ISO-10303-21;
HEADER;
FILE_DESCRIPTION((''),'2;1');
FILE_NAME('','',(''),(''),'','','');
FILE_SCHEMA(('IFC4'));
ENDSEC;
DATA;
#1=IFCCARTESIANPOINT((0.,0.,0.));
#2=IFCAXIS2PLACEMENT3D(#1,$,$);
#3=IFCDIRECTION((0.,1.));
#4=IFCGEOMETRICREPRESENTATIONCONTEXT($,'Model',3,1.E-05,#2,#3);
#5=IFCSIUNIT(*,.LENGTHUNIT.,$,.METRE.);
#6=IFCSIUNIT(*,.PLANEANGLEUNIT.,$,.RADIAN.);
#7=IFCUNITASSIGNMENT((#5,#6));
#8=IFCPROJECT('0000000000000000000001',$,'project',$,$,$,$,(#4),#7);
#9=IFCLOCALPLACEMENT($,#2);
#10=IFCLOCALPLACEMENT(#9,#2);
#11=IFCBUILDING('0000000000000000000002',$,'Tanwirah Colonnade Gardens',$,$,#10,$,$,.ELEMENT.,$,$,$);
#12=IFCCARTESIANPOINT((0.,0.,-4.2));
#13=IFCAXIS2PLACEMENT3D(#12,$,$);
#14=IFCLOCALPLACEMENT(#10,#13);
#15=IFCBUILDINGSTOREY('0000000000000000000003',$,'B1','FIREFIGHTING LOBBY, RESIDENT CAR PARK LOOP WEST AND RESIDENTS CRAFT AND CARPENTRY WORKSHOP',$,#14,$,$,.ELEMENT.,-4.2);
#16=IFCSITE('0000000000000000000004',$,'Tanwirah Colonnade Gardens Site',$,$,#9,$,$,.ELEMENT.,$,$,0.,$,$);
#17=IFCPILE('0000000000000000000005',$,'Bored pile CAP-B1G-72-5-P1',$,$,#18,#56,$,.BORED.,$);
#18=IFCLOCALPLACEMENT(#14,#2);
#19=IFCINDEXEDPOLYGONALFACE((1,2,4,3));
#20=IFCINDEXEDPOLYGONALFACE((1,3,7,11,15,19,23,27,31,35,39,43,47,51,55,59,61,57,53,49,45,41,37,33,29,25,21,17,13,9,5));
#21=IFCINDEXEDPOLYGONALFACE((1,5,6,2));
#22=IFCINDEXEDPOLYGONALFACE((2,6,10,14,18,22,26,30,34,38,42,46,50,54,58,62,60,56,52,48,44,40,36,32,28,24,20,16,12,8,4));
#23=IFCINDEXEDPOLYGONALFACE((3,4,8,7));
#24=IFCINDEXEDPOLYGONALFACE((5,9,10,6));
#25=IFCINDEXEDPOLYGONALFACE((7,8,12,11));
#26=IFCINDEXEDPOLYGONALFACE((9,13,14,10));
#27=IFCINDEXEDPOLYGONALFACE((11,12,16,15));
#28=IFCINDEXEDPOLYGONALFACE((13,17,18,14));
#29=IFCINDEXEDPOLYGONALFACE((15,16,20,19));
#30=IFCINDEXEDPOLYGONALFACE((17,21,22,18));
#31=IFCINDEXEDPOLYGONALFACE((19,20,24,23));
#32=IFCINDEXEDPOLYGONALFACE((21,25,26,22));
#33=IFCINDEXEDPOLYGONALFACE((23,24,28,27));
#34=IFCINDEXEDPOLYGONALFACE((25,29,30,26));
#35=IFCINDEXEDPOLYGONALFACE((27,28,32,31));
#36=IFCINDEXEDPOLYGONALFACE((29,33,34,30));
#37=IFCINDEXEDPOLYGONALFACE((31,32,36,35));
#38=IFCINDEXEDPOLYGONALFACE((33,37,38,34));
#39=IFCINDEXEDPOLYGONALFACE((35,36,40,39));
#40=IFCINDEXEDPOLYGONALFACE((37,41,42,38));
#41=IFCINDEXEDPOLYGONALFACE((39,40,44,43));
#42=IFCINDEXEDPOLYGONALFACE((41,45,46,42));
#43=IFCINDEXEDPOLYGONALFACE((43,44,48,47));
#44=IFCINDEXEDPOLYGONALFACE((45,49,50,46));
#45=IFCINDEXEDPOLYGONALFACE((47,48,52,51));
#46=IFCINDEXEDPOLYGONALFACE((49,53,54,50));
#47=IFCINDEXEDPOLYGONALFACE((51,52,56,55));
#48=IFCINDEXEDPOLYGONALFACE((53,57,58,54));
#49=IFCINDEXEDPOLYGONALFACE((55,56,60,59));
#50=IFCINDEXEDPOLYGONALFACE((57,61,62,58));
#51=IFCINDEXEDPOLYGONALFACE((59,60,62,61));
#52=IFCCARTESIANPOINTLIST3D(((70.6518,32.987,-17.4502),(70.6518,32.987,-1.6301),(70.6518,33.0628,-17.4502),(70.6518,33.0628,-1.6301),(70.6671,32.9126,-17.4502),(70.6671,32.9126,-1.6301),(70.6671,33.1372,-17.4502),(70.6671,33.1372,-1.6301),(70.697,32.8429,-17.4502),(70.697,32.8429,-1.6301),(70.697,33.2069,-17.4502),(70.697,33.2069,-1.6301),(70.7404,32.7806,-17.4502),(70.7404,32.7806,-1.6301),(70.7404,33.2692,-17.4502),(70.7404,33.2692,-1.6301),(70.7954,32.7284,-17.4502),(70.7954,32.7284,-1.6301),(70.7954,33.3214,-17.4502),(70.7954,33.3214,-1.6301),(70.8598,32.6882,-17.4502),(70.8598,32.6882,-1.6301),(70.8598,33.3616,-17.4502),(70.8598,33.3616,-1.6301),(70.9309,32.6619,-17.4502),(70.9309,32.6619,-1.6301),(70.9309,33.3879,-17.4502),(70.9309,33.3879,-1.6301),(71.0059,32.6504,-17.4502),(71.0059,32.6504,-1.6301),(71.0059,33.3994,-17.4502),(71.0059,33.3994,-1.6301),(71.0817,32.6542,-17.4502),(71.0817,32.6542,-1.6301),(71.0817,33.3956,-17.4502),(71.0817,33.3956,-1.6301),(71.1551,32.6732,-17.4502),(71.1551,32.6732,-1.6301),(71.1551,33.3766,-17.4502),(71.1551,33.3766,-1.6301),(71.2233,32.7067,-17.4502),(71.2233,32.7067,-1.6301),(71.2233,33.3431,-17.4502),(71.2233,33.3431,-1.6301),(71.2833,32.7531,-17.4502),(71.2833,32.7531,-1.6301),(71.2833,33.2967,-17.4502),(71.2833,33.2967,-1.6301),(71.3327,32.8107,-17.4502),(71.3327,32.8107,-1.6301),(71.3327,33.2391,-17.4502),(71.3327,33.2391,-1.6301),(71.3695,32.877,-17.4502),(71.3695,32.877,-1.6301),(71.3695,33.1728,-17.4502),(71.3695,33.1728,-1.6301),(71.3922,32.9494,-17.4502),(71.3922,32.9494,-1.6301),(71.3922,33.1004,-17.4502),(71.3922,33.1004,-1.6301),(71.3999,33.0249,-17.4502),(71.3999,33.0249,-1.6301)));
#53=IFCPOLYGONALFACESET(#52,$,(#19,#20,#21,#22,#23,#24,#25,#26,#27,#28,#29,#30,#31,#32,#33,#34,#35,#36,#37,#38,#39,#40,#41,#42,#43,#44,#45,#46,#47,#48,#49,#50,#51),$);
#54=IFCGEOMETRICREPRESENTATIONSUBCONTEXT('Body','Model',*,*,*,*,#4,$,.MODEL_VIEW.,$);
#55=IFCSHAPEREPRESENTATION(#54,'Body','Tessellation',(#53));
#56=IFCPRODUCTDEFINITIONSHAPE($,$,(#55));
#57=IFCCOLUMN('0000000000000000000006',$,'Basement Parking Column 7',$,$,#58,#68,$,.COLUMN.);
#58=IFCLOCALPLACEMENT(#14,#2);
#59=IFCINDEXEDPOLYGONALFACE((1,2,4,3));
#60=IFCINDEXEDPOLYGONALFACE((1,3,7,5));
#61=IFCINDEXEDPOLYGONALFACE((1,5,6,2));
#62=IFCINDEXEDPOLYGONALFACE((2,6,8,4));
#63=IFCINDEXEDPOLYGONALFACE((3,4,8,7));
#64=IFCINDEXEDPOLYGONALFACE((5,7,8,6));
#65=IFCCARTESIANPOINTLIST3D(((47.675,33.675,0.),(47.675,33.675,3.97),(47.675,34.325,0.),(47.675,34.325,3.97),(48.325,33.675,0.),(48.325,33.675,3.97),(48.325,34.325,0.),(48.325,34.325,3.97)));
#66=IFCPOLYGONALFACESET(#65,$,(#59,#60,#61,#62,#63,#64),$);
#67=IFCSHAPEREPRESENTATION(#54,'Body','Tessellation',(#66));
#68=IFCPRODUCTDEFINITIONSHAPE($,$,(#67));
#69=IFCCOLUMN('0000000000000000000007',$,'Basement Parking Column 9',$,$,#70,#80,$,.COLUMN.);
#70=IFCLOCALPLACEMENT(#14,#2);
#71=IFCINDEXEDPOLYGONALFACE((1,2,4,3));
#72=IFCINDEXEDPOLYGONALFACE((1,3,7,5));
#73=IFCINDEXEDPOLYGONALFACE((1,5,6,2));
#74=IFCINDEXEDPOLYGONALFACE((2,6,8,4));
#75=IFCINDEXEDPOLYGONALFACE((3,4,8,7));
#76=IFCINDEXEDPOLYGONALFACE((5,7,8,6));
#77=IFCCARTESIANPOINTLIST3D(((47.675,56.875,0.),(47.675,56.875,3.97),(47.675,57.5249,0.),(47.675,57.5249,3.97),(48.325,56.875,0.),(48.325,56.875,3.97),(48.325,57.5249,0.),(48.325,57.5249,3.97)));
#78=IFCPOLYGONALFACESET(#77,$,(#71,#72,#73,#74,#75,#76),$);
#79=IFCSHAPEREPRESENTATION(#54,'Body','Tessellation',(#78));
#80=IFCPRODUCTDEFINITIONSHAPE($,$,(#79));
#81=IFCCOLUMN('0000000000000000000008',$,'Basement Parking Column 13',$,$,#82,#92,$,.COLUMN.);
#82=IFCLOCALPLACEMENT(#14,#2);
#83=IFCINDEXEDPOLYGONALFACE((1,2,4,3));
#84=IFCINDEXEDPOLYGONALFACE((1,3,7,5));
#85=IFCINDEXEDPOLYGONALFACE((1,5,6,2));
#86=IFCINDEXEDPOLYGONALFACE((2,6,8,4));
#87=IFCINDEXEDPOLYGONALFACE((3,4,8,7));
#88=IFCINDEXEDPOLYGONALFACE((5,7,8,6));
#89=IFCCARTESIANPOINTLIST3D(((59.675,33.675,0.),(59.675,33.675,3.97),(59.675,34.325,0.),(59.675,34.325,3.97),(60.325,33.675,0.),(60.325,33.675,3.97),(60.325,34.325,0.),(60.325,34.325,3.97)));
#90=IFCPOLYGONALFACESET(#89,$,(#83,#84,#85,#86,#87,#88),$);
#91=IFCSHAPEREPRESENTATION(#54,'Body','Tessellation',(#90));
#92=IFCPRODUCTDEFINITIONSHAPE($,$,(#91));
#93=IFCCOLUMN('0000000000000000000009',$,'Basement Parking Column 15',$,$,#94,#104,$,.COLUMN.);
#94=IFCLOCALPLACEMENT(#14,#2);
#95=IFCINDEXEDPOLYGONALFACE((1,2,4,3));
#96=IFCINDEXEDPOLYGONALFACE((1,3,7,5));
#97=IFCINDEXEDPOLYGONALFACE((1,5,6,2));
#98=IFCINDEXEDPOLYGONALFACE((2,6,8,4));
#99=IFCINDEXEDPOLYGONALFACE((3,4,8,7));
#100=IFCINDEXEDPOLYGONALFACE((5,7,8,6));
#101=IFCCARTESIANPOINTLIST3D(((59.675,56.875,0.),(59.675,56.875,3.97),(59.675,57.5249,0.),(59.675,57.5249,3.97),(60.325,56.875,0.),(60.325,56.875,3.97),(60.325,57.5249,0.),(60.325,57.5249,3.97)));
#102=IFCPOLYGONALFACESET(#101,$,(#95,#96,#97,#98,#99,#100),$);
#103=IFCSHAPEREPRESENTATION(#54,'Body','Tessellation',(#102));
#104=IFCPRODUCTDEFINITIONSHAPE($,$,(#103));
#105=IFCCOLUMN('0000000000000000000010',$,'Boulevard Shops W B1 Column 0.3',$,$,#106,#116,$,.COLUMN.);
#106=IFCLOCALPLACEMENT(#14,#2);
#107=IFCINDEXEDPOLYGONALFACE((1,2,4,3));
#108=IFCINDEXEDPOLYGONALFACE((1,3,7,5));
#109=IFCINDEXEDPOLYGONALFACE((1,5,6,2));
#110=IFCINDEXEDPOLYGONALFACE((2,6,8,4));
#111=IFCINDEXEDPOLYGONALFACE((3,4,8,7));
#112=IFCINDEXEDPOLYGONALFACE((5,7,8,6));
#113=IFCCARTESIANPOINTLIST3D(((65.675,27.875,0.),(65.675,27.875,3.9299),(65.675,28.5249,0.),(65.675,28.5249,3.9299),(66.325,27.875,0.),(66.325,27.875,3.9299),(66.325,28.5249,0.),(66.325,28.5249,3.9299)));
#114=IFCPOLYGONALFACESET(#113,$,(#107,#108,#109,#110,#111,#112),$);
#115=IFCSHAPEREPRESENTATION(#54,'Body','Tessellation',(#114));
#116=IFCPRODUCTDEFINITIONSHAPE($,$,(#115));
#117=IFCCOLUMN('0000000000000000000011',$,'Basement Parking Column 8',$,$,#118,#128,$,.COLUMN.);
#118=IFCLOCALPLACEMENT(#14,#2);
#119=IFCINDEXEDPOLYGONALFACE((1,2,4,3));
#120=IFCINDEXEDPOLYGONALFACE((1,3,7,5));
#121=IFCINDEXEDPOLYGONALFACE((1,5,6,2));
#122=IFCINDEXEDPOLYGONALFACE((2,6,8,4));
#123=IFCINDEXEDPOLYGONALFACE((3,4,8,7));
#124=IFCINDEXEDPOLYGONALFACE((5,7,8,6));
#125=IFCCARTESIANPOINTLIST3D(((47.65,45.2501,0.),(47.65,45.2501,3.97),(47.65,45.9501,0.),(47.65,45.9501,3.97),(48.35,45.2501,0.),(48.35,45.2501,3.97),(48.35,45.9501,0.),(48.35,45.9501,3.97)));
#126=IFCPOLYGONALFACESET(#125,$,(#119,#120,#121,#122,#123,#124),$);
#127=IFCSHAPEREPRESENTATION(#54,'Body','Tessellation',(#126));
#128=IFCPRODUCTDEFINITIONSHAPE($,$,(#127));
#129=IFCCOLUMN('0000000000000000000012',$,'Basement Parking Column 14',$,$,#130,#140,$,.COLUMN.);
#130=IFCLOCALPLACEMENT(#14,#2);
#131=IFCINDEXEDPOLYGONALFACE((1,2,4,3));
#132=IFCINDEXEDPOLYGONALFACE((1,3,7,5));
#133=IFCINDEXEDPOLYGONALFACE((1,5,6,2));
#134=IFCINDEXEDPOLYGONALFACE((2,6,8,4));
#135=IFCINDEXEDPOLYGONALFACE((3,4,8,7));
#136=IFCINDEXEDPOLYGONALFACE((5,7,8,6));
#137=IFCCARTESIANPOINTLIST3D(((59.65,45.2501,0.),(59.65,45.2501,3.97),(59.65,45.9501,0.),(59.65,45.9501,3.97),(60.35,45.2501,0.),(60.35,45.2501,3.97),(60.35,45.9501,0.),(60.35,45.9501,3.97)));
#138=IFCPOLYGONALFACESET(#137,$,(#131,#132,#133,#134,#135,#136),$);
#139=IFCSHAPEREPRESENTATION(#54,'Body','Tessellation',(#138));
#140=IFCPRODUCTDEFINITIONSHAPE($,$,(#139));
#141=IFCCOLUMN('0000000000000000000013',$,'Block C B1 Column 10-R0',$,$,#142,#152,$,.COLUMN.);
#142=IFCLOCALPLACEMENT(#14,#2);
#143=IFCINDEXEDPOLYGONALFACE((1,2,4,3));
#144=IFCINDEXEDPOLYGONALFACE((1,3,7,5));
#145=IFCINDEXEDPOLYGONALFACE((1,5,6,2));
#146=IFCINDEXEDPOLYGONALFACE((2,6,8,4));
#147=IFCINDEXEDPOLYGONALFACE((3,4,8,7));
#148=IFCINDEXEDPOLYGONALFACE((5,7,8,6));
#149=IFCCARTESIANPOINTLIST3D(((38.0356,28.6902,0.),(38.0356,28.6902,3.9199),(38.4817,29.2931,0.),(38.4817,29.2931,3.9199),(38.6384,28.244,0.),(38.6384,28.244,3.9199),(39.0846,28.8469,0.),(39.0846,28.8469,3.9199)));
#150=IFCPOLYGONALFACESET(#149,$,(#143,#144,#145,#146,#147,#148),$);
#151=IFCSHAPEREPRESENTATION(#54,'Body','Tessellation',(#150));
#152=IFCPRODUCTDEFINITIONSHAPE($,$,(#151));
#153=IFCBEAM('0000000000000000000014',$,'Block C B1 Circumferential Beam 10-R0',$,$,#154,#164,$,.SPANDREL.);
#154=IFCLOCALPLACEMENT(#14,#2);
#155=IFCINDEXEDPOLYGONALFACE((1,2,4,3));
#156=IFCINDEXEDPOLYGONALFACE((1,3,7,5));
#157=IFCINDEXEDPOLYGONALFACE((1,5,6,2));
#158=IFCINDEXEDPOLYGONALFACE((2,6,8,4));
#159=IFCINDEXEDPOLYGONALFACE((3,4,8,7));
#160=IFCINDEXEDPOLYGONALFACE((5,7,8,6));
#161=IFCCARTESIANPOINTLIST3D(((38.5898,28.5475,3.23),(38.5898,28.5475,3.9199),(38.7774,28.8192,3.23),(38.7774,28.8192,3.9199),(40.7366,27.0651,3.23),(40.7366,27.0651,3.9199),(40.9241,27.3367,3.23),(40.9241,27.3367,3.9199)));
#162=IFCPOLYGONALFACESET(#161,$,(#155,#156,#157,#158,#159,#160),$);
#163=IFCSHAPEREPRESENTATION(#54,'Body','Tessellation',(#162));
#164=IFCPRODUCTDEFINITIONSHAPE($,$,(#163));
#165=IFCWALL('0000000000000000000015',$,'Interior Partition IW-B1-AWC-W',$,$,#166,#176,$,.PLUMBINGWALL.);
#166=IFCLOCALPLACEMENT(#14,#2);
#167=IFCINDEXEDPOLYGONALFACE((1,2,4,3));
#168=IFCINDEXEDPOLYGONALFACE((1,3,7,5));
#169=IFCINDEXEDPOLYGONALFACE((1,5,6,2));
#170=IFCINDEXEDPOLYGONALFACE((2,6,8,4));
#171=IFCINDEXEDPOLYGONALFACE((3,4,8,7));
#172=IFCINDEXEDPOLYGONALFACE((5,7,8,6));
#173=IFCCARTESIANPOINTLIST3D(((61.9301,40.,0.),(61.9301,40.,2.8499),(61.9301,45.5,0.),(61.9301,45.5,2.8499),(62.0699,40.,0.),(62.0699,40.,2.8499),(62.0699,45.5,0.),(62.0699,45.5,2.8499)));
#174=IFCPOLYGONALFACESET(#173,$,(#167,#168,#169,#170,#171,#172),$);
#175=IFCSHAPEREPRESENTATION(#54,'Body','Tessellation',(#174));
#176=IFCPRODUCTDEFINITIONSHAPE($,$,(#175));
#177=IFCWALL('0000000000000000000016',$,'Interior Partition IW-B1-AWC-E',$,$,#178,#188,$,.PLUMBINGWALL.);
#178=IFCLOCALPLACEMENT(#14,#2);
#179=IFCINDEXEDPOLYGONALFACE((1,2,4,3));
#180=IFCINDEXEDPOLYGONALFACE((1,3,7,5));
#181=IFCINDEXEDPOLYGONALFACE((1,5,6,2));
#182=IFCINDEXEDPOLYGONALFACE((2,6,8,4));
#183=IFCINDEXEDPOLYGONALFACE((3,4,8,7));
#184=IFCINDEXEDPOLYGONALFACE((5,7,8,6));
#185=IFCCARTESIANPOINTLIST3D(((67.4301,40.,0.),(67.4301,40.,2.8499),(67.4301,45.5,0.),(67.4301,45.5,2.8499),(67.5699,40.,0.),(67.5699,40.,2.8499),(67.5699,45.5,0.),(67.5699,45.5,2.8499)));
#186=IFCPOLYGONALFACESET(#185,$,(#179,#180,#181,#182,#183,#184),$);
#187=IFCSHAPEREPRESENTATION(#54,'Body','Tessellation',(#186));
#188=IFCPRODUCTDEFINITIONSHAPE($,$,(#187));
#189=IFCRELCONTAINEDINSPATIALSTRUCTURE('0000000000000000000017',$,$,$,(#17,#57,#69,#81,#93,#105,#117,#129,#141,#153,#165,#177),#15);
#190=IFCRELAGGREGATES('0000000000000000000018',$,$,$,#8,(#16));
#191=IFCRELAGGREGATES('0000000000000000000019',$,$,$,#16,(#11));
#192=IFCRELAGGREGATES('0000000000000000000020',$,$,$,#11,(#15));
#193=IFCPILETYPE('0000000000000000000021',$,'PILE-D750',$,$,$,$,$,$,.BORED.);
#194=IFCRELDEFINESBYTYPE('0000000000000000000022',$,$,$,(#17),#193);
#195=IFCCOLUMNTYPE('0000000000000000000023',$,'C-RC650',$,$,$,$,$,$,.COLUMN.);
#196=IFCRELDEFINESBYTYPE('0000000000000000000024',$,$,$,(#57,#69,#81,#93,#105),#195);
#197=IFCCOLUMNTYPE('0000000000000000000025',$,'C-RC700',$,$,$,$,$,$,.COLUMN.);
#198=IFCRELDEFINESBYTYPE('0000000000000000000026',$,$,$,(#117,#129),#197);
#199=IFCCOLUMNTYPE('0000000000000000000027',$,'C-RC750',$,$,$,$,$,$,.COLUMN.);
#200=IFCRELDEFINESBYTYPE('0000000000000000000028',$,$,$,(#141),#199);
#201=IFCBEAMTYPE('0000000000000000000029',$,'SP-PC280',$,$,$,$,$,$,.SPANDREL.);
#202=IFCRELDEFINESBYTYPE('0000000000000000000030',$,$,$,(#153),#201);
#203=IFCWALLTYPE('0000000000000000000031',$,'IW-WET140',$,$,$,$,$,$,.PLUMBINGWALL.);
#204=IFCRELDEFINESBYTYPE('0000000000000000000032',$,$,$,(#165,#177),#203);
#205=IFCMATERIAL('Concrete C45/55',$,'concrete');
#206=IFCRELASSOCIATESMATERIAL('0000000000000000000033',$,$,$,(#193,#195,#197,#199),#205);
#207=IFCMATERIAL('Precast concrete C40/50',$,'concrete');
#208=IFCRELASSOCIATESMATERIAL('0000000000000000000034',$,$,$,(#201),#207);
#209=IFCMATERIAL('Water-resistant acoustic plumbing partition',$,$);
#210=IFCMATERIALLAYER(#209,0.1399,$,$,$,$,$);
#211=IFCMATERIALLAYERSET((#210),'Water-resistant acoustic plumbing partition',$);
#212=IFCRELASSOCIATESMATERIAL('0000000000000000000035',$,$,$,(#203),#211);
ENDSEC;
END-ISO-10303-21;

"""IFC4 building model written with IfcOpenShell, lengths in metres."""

from ifc_helpers import new_model, si_unit, direction, frame, frame_2d, origin, origin_2d, place, context, subcontext, project, spatial, rectangle, circle, extrude, material, layer, layer_set, material_profile, profile_set, type_object, element, save


model = new_model("IFC4")

# Units and contexts
model_context = context("Model", 3, precision=1e-05, world=origin(), true_north=direction((0.0, 1.0)))
body_context = subcontext(model_context, "Body", "Model", "MODEL_VIEW")
ifc_project = project(units=[si_unit("LENGTHUNIT", "METRE"), si_unit("PLANEANGLEUNIT", "RADIAN")], contexts=[model_context])

# Site, building, storey
site_placement = place(None, origin())
site = spatial("IfcSite", under=ifc_project, at=site_placement, Name="Tanwirah Colonnade Gardens Site", CompositionType="ELEMENT", RefElevation=0.0)
building_placement = place(site_placement, origin())
building = spatial("IfcBuilding", under=site, at=building_placement, Name="Tanwirah Colonnade Gardens", CompositionType="ELEMENT")
storey_placement = place(building_placement, frame((0.0, 0.0, -4.2)))
storey = spatial("IfcBuildingStorey", under=building, at=storey_placement, Name="B1", Description="FIREFIGHTING LOBBY, RESIDENT CAR PARK LOOP WEST AND RESIDENTS CRAFT AND CARPENTRY WORKSHOP", CompositionType="ELEMENT", Elevation=-4.2)

# Shared definitions
ifc_material_1 = material(Name="Concrete C45/55", Category="concrete")

# Pile
ifc_material_profile_1 = material_profile(ifc_material_1, circle(Radius=0.375, at=origin_2d()), Name="PILE D750")
ifc_profile_set_1 = profile_set([ifc_material_profile_1], Name="Concrete C45/55")
pile_type = type_object("IfcPileType", Name="PILE-D750", PredefinedType="BORED", material=ifc_profile_set_1)
for number, where, z_axis, x_axis, name in (
    (1, (71.0249, 33.0249, -1.6301), (0.0, 0.0, -1.0), (1.0, 0.0, 0.0), "Bored pile CAP-B1G-72-5-P1"),
):
    element("IfcPile", number, at=place(storey_placement, frame(where, z_axis=z_axis, x_axis=x_axis)), inside=storey, type_object=pile_type, Name=name, PredefinedType="BORED", context=body_context, shape_type="SweptSolid", body=[
        extrude(circle(Radius=0.375, at=origin_2d()), origin(), (0.0, 0.0, 1.0), 15.8201),
    ])

# Columns
ifc_material_profile_2 = material_profile(ifc_material_1, rectangle(XDim=0.6499, YDim=0.6499, at=origin_2d()), Name="RC-COL 650x650")
ifc_profile_set_2 = profile_set([ifc_material_profile_2], Name="Concrete C45/55")
column_type_1 = type_object("IfcColumnType", Name="C-RC650", PredefinedType="COLUMN", material=ifc_profile_set_2)
for number, where, z_axis, x_axis, name in (
    (2, (48.0, 34.0, 0.0), (0.0, 0.0, 1.0), (1.0, 0.0, 0.0), "Basement Parking Column 7"),
    (3, (48.0, 57.2, 0.0), (0.0, 0.0, 1.0), (1.0, 0.0, 0.0), "Basement Parking Column 9"),
    (4, (60.0, 34.0, 0.0), (0.0, 0.0, 1.0), (1.0, 0.0, 0.0), "Basement Parking Column 13"),
    (5, (60.0, 57.2, 0.0), (0.0, 0.0, 1.0), (1.0, 0.0, 0.0), "Basement Parking Column 15"),
):
    element("IfcColumn", number, at=place(storey_placement, frame(where, z_axis=z_axis, x_axis=x_axis)), inside=storey, type_object=column_type_1, Name=name, PredefinedType="COLUMN", context=body_context, shape_type="SweptSolid", body=[
        extrude(rectangle(XDim=0.6499, YDim=0.6499, at=origin_2d()), origin(), (0.0, 0.0, 1.0), 3.97),
    ])
column_1_placement = place(storey_placement, frame((66.0, 28.2, 0.0), z_axis=(0.0, 0.0, 1.0), x_axis=(1.0, 0.0, 0.0)))
element("IfcColumn", 6, at=column_1_placement, inside=storey, type_object=column_type_1, Name="Boulevard Shops W B1 Column 0.3", PredefinedType="COLUMN", context=body_context, shape_type="SweptSolid", body=[
    extrude(rectangle(XDim=0.6499, YDim=0.6499, at=origin_2d()), origin(), (0.0, 0.0, 1.0), 3.9299),
])
ifc_material_profile_3 = material_profile(ifc_material_1, rectangle(XDim=0.7, YDim=0.7, at=origin_2d()), Name="RC-COL 700x700")
ifc_profile_set_3 = profile_set([ifc_material_profile_3], Name="Concrete C45/55")
column_type_2 = type_object("IfcColumnType", Name="C-RC700", PredefinedType="COLUMN", material=ifc_profile_set_3)
for number, where, z_axis, x_axis, name in (
    (7, (48.0, 45.6001, 0.0), (0.0, 0.0, 1.0), (1.0, 0.0, 0.0), "Basement Parking Column 8"),
    (8, (60.0, 45.6001, 0.0), (0.0, 0.0, 1.0), (1.0, 0.0, 0.0), "Basement Parking Column 14"),
):
    element("IfcColumn", number, at=place(storey_placement, frame(where, z_axis=z_axis, x_axis=x_axis)), inside=storey, type_object=column_type_2, Name=name, PredefinedType="COLUMN", context=body_context, shape_type="SweptSolid", body=[
        extrude(rectangle(XDim=0.7, YDim=0.7, at=origin_2d()), origin(), (0.0, 0.0, 1.0), 3.97),
    ])
ifc_material_profile_4 = material_profile(ifc_material_1, rectangle(XDim=0.75, YDim=0.75, at=origin_2d()), Name="RC-COL 750x750")
ifc_profile_set_4 = profile_set([ifc_material_profile_4], Name="Concrete C45/55")
column_type_3 = type_object("IfcColumnType", Name="C-RC750", PredefinedType="COLUMN", material=ifc_profile_set_4)
column_2_placement = place(storey_placement, frame((38.5601, 28.7686, 0.0), z_axis=(0.0, 0.0, 1.0), x_axis=(-0.594823, -0.803857, 0.0)))
element("IfcColumn", 9, at=column_2_placement, inside=storey, type_object=column_type_3, Name="Block C B1 Column 10-R0", PredefinedType="COLUMN", context=body_context, shape_type="SweptSolid", body=[
    extrude(rectangle(XDim=0.75, YDim=0.75, at=origin_2d()), origin(), (0.0, 0.0, 1.0), 3.9199),
])

# Beam
ifc_material_2 = material(Name="Precast concrete C40/50", Category="concrete")
ifc_material_profile_5 = material_profile(ifc_material_2, rectangle(XDim=0.3301, YDim=0.6899, at=origin_2d()), Name="PC-SP 330x690")
ifc_profile_set_5 = profile_set([ifc_material_profile_5], Name="Precast concrete C40/50")
beam_type = type_object("IfcBeamType", Name="SP-PC280", PredefinedType="SPANDREL", material=ifc_profile_set_5)
beam_placement = place(storey_placement, frame((38.6836, 28.6833, 3.575), z_axis=(0.822869, -0.568231, 0.0), x_axis=(0.568231, 0.822869, 0.0)))
element("IfcBeam", 10, at=beam_placement, inside=storey, type_object=beam_type, Name="Block C B1 Circumferential Beam 10-R0", PredefinedType="SPANDREL", context=body_context, shape_type="SweptSolid", body=[
    extrude(rectangle(XDim=0.3301, YDim=0.6899, at=origin_2d()), origin(), (0.0, 0.0, 1.0), 2.6089),
])

# Walls
ifc_material_3 = material(Name="Water-resistant acoustic plumbing partition")
ifc_layer_1 = layer(ifc_material_3, 0.1399)
ifc_layer_set_1 = layer_set([ifc_layer_1], Name="Water-resistant acoustic plumbing partition")
wall_type_1 = type_object("IfcWallType", Name="IW-WET140", PredefinedType="PLUMBINGWALL", material=ifc_layer_set_1)
for number, where, z_axis, x_axis, name in (
    (11, (62.0, 40.0, 0.0), (0.0, 0.0, 1.0), (0.0, 1.0, 0.0), "Interior Partition IW-B1-AWC-W"),
    (12, (67.5, 40.0, 0.0), (0.0, 0.0, 1.0), (0.0, 1.0, 0.0), "Interior Partition IW-B1-AWC-E"),
):
    element("IfcWall", number, at=place(storey_placement, frame(where, z_axis=z_axis, x_axis=x_axis)), inside=storey, type_object=wall_type_1, Name=name, PredefinedType="PLUMBINGWALL", context=body_context, shape_type="SweptSolid", body=[
        extrude(rectangle(XDim=5.5, YDim=0.1399, at=frame_2d((2.75, 0.0))), origin(), (0.0, 0.0, 1.0), 2.8499),
    ])

save(model, "model.ifc")
